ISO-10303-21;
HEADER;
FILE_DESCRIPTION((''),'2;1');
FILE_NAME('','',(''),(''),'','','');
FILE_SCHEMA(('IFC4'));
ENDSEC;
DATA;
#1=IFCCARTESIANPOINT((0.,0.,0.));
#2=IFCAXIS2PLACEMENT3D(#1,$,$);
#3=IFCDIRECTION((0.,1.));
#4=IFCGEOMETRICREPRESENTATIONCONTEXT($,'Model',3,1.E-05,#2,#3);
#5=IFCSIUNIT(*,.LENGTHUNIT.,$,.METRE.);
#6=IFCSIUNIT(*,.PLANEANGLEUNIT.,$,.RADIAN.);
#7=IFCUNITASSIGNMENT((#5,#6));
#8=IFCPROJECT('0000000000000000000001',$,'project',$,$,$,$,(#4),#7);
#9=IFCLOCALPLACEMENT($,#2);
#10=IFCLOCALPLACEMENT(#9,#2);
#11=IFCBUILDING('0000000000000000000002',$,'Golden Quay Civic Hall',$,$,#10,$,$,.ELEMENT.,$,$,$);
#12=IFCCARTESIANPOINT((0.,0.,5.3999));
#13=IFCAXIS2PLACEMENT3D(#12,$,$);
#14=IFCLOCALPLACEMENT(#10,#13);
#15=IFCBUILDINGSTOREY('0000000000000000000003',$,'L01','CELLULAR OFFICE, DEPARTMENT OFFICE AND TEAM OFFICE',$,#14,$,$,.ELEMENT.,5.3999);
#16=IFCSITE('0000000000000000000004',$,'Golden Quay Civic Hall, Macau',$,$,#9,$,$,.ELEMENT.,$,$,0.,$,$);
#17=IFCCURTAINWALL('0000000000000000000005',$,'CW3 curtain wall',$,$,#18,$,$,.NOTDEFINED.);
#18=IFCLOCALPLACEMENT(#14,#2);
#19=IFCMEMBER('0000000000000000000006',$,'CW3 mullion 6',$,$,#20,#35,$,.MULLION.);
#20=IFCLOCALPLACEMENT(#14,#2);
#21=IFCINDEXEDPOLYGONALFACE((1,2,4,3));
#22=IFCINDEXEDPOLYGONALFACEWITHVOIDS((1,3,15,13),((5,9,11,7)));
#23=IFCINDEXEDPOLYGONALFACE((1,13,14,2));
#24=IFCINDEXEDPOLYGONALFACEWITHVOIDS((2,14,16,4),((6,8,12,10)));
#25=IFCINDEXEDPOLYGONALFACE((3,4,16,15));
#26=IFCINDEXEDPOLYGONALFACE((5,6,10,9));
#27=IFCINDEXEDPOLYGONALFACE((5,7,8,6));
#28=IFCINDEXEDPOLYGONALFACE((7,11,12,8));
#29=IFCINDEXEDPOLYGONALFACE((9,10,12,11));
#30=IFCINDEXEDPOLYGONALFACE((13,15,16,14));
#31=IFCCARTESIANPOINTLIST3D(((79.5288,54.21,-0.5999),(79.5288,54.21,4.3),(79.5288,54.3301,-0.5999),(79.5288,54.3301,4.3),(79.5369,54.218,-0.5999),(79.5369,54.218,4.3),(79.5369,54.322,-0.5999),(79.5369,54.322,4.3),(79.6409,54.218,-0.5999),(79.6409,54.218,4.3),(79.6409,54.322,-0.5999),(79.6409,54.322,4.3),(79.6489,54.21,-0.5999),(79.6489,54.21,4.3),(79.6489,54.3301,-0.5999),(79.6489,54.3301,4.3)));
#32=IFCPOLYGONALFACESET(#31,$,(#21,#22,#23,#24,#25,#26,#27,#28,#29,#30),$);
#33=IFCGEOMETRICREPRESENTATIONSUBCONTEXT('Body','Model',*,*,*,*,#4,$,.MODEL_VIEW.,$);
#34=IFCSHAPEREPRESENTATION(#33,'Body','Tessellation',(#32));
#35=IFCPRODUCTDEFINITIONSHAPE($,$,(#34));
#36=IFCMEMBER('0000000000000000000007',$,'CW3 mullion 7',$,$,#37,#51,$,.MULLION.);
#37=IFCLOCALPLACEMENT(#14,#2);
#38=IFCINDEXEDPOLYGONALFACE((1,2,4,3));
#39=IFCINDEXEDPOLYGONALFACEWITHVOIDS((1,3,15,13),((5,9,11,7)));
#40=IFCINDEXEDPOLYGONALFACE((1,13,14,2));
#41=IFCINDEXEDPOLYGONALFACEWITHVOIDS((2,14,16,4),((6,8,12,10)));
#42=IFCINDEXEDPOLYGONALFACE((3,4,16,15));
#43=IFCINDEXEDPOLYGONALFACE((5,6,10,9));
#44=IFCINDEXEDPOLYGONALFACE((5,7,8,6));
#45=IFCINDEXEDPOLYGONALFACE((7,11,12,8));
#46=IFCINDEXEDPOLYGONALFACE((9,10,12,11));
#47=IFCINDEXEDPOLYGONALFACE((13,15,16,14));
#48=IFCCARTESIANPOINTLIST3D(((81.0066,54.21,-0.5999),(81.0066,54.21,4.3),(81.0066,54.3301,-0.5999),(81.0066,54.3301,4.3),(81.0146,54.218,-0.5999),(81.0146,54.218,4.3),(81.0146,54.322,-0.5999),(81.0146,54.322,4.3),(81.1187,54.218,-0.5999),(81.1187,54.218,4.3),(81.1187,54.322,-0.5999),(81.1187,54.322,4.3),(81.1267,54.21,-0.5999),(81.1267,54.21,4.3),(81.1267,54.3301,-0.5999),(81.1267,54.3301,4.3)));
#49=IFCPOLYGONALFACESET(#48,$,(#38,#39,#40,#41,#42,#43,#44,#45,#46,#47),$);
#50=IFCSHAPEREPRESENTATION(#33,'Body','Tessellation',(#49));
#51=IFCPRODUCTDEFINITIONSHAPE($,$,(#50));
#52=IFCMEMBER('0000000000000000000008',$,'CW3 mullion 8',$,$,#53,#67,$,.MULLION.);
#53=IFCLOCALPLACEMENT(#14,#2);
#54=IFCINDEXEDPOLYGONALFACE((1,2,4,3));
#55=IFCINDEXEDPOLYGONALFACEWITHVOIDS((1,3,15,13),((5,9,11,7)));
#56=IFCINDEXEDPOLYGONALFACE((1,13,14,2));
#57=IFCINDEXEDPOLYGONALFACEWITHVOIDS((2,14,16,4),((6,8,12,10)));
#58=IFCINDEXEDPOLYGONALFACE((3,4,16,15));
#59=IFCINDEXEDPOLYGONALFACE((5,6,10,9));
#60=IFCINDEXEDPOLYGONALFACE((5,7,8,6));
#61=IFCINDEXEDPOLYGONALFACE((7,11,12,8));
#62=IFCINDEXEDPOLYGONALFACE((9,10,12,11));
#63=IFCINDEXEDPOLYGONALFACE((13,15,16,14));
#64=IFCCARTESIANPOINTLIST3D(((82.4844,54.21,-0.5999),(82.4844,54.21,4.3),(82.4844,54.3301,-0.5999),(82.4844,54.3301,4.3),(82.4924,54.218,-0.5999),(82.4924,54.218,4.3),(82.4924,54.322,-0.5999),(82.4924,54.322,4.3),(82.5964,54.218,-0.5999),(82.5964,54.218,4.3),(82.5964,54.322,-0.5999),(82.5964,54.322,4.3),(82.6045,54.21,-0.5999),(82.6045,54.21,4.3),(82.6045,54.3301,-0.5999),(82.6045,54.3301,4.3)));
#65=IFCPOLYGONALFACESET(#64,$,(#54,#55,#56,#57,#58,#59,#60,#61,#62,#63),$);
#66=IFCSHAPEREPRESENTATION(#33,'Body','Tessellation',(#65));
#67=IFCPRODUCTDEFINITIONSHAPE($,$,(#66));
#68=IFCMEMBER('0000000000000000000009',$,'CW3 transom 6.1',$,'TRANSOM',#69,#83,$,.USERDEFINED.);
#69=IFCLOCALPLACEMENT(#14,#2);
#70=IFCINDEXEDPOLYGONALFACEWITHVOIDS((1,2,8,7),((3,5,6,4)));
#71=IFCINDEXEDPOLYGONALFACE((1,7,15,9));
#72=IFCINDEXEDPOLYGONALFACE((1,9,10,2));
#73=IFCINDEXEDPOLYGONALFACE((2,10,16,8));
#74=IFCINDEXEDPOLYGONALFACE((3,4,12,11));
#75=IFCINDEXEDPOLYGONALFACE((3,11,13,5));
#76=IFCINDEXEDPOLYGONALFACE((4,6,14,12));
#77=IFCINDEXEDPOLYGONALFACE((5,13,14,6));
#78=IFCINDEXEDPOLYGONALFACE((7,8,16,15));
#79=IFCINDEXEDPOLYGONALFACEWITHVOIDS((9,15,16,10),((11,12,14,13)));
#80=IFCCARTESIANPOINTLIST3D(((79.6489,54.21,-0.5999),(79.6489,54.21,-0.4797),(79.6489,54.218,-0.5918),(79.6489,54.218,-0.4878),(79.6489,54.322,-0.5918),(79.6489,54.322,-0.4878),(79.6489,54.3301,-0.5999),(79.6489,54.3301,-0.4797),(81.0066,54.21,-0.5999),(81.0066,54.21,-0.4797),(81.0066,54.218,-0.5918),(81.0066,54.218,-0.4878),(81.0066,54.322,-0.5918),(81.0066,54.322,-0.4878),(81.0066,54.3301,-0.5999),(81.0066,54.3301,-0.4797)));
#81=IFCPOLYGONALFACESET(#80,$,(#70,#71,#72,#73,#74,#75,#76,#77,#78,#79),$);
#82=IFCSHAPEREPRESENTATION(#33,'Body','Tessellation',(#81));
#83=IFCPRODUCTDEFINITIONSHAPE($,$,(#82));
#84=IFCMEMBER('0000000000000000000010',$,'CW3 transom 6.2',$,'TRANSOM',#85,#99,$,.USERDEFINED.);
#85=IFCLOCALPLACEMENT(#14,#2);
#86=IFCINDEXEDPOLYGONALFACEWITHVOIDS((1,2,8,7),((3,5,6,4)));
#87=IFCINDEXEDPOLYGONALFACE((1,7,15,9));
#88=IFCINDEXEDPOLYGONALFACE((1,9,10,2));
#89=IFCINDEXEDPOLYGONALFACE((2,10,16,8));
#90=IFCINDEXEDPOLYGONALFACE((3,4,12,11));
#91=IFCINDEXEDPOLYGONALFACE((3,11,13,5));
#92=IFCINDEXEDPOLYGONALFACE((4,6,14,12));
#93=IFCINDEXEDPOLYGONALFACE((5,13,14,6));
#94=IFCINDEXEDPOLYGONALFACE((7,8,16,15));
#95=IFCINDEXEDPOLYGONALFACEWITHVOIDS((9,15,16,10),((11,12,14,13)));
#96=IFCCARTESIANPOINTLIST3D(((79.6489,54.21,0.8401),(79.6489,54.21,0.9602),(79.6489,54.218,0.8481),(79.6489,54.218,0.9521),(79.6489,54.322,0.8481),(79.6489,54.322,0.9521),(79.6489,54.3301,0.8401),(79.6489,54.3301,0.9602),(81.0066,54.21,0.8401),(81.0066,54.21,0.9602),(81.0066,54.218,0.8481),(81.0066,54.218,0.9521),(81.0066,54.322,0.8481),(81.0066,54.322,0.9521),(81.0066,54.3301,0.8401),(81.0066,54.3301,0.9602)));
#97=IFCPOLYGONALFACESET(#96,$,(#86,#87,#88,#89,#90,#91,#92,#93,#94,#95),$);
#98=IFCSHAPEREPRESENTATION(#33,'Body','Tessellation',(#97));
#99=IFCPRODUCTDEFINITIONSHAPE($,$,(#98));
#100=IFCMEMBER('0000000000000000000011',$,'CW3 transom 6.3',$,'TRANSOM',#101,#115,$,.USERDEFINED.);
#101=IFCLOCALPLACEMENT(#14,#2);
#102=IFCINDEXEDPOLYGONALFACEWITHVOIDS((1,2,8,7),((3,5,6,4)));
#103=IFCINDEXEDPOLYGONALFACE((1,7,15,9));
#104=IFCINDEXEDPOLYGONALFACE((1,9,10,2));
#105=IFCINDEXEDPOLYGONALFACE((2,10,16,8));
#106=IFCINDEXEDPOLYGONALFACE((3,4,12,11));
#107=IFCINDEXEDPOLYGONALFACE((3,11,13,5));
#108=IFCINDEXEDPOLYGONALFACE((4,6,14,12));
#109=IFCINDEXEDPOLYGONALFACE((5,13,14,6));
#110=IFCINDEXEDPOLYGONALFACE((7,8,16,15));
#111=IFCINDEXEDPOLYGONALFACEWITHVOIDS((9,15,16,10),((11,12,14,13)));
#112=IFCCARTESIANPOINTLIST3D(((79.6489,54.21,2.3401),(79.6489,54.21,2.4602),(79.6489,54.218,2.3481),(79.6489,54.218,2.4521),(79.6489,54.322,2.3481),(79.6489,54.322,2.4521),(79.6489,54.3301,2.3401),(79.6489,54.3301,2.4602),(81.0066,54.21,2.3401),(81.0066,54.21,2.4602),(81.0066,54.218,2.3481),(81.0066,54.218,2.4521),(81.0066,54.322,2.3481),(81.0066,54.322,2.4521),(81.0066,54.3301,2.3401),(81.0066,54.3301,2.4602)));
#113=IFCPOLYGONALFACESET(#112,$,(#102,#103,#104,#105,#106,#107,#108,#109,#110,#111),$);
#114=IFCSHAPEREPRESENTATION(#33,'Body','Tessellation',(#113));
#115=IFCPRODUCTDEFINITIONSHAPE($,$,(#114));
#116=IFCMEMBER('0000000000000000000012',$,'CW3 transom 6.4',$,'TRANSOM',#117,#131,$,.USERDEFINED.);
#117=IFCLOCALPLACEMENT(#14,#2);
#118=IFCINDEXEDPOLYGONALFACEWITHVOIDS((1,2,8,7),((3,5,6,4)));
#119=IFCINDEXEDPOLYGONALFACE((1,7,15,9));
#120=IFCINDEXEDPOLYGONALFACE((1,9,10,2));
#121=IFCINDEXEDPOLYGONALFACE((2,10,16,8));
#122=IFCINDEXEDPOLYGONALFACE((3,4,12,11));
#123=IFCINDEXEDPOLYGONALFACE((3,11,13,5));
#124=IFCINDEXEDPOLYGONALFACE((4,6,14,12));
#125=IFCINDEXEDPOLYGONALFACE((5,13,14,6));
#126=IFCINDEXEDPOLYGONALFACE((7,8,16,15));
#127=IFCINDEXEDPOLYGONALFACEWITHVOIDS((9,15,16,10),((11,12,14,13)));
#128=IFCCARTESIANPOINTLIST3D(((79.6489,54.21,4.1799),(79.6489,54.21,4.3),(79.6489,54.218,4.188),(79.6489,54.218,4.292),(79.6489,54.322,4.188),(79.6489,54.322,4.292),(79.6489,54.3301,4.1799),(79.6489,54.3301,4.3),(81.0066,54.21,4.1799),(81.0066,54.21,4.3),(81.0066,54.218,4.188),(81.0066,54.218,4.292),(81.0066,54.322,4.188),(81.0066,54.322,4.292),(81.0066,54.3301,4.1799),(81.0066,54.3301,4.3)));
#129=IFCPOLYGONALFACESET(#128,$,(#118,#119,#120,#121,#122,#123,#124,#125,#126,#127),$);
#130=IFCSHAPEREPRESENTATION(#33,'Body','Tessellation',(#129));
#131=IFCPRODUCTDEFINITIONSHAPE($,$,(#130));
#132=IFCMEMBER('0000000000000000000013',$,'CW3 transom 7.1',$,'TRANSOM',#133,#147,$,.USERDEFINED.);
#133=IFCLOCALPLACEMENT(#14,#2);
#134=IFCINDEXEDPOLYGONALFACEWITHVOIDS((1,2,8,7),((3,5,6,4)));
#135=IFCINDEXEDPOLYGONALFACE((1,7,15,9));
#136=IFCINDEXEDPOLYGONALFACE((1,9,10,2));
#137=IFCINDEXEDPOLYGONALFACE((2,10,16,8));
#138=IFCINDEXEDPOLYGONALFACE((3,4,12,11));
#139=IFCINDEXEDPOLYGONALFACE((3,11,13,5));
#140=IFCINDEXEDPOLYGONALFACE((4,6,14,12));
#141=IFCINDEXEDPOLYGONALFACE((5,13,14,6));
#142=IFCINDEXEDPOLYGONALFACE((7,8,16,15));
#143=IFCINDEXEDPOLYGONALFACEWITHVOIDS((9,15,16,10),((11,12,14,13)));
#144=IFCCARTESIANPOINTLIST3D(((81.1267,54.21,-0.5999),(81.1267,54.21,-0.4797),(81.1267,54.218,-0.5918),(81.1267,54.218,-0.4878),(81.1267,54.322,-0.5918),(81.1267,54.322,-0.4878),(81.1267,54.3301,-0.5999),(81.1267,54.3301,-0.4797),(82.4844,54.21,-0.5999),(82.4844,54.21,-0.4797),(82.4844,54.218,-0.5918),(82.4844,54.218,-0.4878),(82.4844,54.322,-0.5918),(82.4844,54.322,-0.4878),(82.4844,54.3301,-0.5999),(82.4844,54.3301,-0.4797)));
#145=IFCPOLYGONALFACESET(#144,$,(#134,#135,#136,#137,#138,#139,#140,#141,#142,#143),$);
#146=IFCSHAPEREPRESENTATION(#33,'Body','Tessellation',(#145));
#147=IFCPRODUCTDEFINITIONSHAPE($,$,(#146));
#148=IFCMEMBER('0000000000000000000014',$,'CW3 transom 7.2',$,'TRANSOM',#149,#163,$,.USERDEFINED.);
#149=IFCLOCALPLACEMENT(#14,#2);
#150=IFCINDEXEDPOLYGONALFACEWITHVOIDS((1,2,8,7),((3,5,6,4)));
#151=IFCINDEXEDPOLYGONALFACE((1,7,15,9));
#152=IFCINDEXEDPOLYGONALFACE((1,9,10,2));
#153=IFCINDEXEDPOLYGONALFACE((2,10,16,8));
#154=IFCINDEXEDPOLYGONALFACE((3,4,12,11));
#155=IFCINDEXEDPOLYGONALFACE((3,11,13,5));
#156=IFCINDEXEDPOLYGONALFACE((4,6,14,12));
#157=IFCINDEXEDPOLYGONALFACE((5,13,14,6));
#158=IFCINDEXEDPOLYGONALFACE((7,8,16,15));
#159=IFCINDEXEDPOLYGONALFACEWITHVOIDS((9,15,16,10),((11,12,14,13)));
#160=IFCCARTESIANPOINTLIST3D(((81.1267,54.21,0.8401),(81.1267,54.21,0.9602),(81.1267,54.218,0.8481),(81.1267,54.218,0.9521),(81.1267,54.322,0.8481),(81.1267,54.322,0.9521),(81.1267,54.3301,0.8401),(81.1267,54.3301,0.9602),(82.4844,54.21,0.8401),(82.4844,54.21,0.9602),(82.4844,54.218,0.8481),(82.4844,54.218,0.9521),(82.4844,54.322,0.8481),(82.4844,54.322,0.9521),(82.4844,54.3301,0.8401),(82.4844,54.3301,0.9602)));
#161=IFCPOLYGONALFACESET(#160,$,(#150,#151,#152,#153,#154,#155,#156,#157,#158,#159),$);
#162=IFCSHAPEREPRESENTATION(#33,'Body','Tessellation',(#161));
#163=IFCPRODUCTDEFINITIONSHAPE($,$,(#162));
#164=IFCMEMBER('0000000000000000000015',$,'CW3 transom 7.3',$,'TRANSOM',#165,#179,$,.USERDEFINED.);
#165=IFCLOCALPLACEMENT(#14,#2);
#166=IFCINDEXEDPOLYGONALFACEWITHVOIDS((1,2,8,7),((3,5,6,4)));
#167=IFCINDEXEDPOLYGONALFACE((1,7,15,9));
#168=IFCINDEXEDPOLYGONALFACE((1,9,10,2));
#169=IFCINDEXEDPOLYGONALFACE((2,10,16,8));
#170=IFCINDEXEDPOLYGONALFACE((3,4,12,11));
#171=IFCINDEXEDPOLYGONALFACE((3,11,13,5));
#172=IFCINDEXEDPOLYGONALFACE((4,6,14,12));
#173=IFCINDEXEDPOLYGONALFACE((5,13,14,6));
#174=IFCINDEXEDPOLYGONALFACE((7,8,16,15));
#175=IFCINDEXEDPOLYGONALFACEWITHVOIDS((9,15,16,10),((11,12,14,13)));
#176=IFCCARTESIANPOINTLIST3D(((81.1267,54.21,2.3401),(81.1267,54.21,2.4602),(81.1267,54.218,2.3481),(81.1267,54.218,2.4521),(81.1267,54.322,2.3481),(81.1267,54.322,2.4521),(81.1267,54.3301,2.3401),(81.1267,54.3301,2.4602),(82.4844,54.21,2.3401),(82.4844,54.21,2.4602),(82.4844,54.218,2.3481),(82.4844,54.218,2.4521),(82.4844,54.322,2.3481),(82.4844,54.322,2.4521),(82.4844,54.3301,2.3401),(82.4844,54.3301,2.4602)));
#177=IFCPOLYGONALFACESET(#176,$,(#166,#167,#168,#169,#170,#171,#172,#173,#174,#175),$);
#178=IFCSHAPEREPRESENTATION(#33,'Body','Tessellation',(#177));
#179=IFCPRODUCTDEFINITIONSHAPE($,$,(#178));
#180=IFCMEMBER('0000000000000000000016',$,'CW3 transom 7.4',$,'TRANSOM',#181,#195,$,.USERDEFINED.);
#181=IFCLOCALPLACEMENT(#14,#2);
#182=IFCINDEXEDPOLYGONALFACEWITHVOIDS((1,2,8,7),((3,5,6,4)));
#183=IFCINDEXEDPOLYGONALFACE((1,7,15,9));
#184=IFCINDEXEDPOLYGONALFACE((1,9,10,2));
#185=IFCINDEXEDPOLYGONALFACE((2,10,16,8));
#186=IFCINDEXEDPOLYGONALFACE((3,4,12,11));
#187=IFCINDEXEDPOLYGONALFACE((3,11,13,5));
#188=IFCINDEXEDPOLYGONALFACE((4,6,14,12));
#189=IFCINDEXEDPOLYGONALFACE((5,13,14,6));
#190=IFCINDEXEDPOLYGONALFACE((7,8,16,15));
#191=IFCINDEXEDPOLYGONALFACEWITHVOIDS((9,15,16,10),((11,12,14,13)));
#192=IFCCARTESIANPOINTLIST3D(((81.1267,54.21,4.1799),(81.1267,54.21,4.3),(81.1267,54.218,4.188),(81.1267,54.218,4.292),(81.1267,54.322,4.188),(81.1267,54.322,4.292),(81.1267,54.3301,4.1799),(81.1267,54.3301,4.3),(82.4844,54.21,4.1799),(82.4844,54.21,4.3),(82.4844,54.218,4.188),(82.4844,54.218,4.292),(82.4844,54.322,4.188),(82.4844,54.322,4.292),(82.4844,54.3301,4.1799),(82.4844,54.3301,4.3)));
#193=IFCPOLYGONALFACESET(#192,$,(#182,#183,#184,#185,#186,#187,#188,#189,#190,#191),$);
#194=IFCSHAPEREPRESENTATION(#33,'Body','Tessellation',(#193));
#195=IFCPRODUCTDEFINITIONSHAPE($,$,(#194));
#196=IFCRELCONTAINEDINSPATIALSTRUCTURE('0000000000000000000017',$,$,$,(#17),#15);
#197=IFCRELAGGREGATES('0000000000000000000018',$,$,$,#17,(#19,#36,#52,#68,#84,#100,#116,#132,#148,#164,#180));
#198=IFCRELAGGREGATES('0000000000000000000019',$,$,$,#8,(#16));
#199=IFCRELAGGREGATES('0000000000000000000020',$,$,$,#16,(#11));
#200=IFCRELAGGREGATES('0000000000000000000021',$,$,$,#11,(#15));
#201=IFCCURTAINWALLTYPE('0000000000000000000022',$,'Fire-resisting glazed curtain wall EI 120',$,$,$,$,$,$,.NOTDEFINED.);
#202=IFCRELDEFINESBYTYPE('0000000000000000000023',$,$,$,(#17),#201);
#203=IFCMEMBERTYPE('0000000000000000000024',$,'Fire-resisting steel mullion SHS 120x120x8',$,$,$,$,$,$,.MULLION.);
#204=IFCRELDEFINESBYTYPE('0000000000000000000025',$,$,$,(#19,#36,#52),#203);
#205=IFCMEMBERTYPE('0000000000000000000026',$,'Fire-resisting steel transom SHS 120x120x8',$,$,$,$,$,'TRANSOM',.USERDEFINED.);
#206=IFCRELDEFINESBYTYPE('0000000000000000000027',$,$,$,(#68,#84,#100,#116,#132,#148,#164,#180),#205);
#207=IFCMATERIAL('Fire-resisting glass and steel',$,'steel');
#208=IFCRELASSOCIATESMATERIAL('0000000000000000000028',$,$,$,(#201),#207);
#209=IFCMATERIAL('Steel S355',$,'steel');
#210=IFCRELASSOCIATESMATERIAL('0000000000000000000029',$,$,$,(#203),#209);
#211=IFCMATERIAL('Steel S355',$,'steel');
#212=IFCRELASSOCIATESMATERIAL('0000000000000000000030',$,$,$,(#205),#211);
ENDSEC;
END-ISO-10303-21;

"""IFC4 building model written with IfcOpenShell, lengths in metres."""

from ifc_helpers import new_model, si_unit, direction, frame, origin, origin_2d, place, context, subcontext, project, spatial, hollow_rectangle, extrude, material, material_profile, profile_set, type_object, element, aggregate, save


model = new_model("IFC4")

# Units and contexts
model_context = context("Model", 3, precision=1e-05, world=origin(), true_north=direction((0.0, 1.0)))
body_context = subcontext(model_context, "Body", "Model", "MODEL_VIEW")
ifc_project = project(units=[si_unit("LENGTHUNIT", "METRE"), si_unit("PLANEANGLEUNIT", "RADIAN")], contexts=[model_context])

# Site, building, storey
site_placement = place(None, origin())
site = spatial("IfcSite", under=ifc_project, at=site_placement, Name="Golden Quay Civic Hall, Macau", CompositionType="ELEMENT", RefElevation=0.0)
building_placement = place(site_placement, origin())
building = spatial("IfcBuilding", under=site, at=building_placement, Name="Golden Quay Civic Hall", CompositionType="ELEMENT")
storey_placement = place(building_placement, frame((0.0, 0.0, 5.3999)))
storey = spatial("IfcBuildingStorey", under=building, at=storey_placement, Name="L01", Description="CELLULAR OFFICE, DEPARTMENT OFFICE AND TEAM OFFICE", CompositionType="ELEMENT", Elevation=5.3999)

# Curtain wall, members
ifc_material_1 = material(Name="Fire-resisting glass and steel", Category="steel")
curtain_wall_type = type_object("IfcCurtainWallType", Name="Fire-resisting glazed curtain wall EI 120", PredefinedType="NOTDEFINED", material=ifc_material_1)
curtain_wall_placement = place(storey_placement, origin())
curtain_wall = element("IfcCurtainWall", 1, at=curtain_wall_placement, inside=storey, type_object=curtain_wall_type, Name="CW3 curtain wall", PredefinedType="NOTDEFINED")
ifc_material_2 = material(Name="Steel S355", Category="steel")
ifc_material_profile_1 = material_profile(ifc_material_2, hollow_rectangle(XDim=0.1201, YDim=0.1201, WallThickness=0.0081, at=origin_2d()), Name="SHS 120x120x8")
ifc_profile_set_1 = profile_set([ifc_material_profile_1], Name="Steel S355")
member_type_1 = type_object("IfcMemberType", Name="Fire-resisting steel mullion SHS 120x120x8", PredefinedType="MULLION", material=ifc_profile_set_1)
member_1_placement = place(storey_placement, frame((79.5889, 54.27, -0.5999), z_axis=(0.0, 0.0, 1.0), x_axis=(0.0, 1.0, 0.0)))
member_1 = element("IfcMember", 2, at=member_1_placement, type_object=member_type_1, Name="CW3 mullion 6", PredefinedType="MULLION", context=body_context, shape_type="SweptSolid", body=[
    extrude(hollow_rectangle(XDim=0.1201, YDim=0.1201, WallThickness=0.0081, at=origin_2d()), origin(), (0.0, 0.0, 1.0), 4.8999),
])
member_2_placement = place(storey_placement, frame((81.0667, 54.27, -0.5999), z_axis=(0.0, 0.0, 1.0), x_axis=(0.0, 1.0, 0.0)))
member_2 = element("IfcMember", 3, at=member_2_placement, type_object=member_type_1, Name="CW3 mullion 7", PredefinedType="MULLION", context=body_context, shape_type="SweptSolid", body=[
    extrude(hollow_rectangle(XDim=0.1201, YDim=0.1201, WallThickness=0.0081, at=origin_2d()), origin(), (0.0, 0.0, 1.0), 4.8999),
])
member_3_placement = place(storey_placement, frame((82.5444, 54.27, -0.5999), z_axis=(0.0, 0.0, 1.0), x_axis=(0.0, 1.0, 0.0)))
member_3 = element("IfcMember", 4, at=member_3_placement, type_object=member_type_1, Name="CW3 mullion 8", PredefinedType="MULLION", context=body_context, shape_type="SweptSolid", body=[
    extrude(hollow_rectangle(XDim=0.1201, YDim=0.1201, WallThickness=0.0081, at=origin_2d()), origin(), (0.0, 0.0, 1.0), 4.8999),
])
ifc_material_3 = material(Name="Steel S355", Category="steel")
ifc_material_profile_2 = material_profile(ifc_material_3, hollow_rectangle(XDim=0.1201, YDim=0.1201, WallThickness=0.0081, at=origin_2d()), Name="SHS 120x120x8")
ifc_profile_set_2 = profile_set([ifc_material_profile_2], Name="Steel S355")
member_type_2 = type_object("IfcMemberType", Name="Fire-resisting steel transom SHS 120x120x8", ElementType="TRANSOM", PredefinedType="USERDEFINED", material=ifc_profile_set_2)
member_4_placement = place(storey_placement, frame((79.6489, 54.27, -0.5398), z_axis=(1.0, 0.0, 0.0), x_axis=(0.0, 1.0, 0.0)))
member_4 = element("IfcMember", 5, at=member_4_placement, type_object=member_type_2, Name="CW3 transom 6.1", ObjectType="TRANSOM", PredefinedType="USERDEFINED", context=body_context, shape_type="SweptSolid", body=[
    extrude(hollow_rectangle(XDim=0.1201, YDim=0.1201, WallThickness=0.0081, at=origin_2d()), origin(), (0.0, 0.0, 1.0), 1.3577),
])
member_5_placement = place(storey_placement, frame((79.6489, 54.27, 0.9001), z_axis=(1.0, 0.0, 0.0), x_axis=(0.0, 1.0, 0.0)))
member_5 = element("IfcMember", 6, at=member_5_placement, type_object=member_type_2, Name="CW3 transom 6.2", ObjectType="TRANSOM", PredefinedType="USERDEFINED", context=body_context, shape_type="SweptSolid", body=[
    extrude(hollow_rectangle(XDim=0.1201, YDim=0.1201, WallThickness=0.0081, at=origin_2d()), origin(), (0.0, 0.0, 1.0), 1.3577),
])
member_6_placement = place(storey_placement, frame((79.6489, 54.27, 2.4001), z_axis=(1.0, 0.0, 0.0), x_axis=(0.0, 1.0, 0.0)))
member_6 = element("IfcMember", 7, at=member_6_placement, type_object=member_type_2, Name="CW3 transom 6.3", ObjectType="TRANSOM", PredefinedType="USERDEFINED", context=body_context, shape_type="SweptSolid", body=[
    extrude(hollow_rectangle(XDim=0.1201, YDim=0.1201, WallThickness=0.0081, at=origin_2d()), origin(), (0.0, 0.0, 1.0), 1.3577),
])
member_7_placement = place(storey_placement, frame((79.6489, 54.27, 4.24), z_axis=(1.0, 0.0, 0.0), x_axis=(0.0, 1.0, 0.0)))
member_7 = element("IfcMember", 8, at=member_7_placement, type_object=member_type_2, Name="CW3 transom 6.4", ObjectType="TRANSOM", PredefinedType="USERDEFINED", context=body_context, shape_type="SweptSolid", body=[
    extrude(hollow_rectangle(XDim=0.1201, YDim=0.1201, WallThickness=0.0081, at=origin_2d()), origin(), (0.0, 0.0, 1.0), 1.3577),
])
member_8_placement = place(storey_placement, frame((81.1267, 54.27, -0.5398), z_axis=(1.0, 0.0, 0.0), x_axis=(0.0, 1.0, 0.0)))
member_8 = element("IfcMember", 9, at=member_8_placement, type_object=member_type_2, Name="CW3 transom 7.1", ObjectType="TRANSOM", PredefinedType="USERDEFINED", context=body_context, shape_type="SweptSolid", body=[
    extrude(hollow_rectangle(XDim=0.1201, YDim=0.1201, WallThickness=0.0081, at=origin_2d()), origin(), (0.0, 0.0, 1.0), 1.3577),
])
member_9_placement = place(storey_placement, frame((81.1267, 54.27, 0.9001), z_axis=(1.0, 0.0, 0.0), x_axis=(0.0, 1.0, 0.0)))
member_9 = element("IfcMember", 10, at=member_9_placement, type_object=member_type_2, Name="CW3 transom 7.2", ObjectType="TRANSOM", PredefinedType="USERDEFINED", context=body_context, shape_type="SweptSolid", body=[
    extrude(hollow_rectangle(XDim=0.1201, YDim=0.1201, WallThickness=0.0081, at=origin_2d()), origin(), (0.0, 0.0, 1.0), 1.3577),
])
member_10_placement = place(storey_placement, frame((81.1267, 54.27, 2.4001), z_axis=(1.0, 0.0, 0.0), x_axis=(0.0, 1.0, 0.0)))
member_10 = element("IfcMember", 11, at=member_10_placement, type_object=member_type_2, Name="CW3 transom 7.3", ObjectType="TRANSOM", PredefinedType="USERDEFINED", context=body_context, shape_type="SweptSolid", body=[
    extrude(hollow_rectangle(XDim=0.1201, YDim=0.1201, WallThickness=0.0081, at=origin_2d()), origin(), (0.0, 0.0, 1.0), 1.3577),
])
member_11_placement = place(storey_placement, frame((81.1267, 54.27, 4.24), z_axis=(1.0, 0.0, 0.0), x_axis=(0.0, 1.0, 0.0)))
member_11 = element("IfcMember", 12, at=member_11_placement, type_object=member_type_2, Name="CW3 transom 7.4", ObjectType="TRANSOM", PredefinedType="USERDEFINED", context=body_context, shape_type="SweptSolid", body=[
    extrude(hollow_rectangle(XDim=0.1201, YDim=0.1201, WallThickness=0.0081, at=origin_2d()), origin(), (0.0, 0.0, 1.0), 1.3577),
])
aggregate(curtain_wall, [member_1, member_2, member_3, member_4, member_5, member_6, member_7, member_8, member_9, member_10, member_11])

save(model, "model.ifc")
